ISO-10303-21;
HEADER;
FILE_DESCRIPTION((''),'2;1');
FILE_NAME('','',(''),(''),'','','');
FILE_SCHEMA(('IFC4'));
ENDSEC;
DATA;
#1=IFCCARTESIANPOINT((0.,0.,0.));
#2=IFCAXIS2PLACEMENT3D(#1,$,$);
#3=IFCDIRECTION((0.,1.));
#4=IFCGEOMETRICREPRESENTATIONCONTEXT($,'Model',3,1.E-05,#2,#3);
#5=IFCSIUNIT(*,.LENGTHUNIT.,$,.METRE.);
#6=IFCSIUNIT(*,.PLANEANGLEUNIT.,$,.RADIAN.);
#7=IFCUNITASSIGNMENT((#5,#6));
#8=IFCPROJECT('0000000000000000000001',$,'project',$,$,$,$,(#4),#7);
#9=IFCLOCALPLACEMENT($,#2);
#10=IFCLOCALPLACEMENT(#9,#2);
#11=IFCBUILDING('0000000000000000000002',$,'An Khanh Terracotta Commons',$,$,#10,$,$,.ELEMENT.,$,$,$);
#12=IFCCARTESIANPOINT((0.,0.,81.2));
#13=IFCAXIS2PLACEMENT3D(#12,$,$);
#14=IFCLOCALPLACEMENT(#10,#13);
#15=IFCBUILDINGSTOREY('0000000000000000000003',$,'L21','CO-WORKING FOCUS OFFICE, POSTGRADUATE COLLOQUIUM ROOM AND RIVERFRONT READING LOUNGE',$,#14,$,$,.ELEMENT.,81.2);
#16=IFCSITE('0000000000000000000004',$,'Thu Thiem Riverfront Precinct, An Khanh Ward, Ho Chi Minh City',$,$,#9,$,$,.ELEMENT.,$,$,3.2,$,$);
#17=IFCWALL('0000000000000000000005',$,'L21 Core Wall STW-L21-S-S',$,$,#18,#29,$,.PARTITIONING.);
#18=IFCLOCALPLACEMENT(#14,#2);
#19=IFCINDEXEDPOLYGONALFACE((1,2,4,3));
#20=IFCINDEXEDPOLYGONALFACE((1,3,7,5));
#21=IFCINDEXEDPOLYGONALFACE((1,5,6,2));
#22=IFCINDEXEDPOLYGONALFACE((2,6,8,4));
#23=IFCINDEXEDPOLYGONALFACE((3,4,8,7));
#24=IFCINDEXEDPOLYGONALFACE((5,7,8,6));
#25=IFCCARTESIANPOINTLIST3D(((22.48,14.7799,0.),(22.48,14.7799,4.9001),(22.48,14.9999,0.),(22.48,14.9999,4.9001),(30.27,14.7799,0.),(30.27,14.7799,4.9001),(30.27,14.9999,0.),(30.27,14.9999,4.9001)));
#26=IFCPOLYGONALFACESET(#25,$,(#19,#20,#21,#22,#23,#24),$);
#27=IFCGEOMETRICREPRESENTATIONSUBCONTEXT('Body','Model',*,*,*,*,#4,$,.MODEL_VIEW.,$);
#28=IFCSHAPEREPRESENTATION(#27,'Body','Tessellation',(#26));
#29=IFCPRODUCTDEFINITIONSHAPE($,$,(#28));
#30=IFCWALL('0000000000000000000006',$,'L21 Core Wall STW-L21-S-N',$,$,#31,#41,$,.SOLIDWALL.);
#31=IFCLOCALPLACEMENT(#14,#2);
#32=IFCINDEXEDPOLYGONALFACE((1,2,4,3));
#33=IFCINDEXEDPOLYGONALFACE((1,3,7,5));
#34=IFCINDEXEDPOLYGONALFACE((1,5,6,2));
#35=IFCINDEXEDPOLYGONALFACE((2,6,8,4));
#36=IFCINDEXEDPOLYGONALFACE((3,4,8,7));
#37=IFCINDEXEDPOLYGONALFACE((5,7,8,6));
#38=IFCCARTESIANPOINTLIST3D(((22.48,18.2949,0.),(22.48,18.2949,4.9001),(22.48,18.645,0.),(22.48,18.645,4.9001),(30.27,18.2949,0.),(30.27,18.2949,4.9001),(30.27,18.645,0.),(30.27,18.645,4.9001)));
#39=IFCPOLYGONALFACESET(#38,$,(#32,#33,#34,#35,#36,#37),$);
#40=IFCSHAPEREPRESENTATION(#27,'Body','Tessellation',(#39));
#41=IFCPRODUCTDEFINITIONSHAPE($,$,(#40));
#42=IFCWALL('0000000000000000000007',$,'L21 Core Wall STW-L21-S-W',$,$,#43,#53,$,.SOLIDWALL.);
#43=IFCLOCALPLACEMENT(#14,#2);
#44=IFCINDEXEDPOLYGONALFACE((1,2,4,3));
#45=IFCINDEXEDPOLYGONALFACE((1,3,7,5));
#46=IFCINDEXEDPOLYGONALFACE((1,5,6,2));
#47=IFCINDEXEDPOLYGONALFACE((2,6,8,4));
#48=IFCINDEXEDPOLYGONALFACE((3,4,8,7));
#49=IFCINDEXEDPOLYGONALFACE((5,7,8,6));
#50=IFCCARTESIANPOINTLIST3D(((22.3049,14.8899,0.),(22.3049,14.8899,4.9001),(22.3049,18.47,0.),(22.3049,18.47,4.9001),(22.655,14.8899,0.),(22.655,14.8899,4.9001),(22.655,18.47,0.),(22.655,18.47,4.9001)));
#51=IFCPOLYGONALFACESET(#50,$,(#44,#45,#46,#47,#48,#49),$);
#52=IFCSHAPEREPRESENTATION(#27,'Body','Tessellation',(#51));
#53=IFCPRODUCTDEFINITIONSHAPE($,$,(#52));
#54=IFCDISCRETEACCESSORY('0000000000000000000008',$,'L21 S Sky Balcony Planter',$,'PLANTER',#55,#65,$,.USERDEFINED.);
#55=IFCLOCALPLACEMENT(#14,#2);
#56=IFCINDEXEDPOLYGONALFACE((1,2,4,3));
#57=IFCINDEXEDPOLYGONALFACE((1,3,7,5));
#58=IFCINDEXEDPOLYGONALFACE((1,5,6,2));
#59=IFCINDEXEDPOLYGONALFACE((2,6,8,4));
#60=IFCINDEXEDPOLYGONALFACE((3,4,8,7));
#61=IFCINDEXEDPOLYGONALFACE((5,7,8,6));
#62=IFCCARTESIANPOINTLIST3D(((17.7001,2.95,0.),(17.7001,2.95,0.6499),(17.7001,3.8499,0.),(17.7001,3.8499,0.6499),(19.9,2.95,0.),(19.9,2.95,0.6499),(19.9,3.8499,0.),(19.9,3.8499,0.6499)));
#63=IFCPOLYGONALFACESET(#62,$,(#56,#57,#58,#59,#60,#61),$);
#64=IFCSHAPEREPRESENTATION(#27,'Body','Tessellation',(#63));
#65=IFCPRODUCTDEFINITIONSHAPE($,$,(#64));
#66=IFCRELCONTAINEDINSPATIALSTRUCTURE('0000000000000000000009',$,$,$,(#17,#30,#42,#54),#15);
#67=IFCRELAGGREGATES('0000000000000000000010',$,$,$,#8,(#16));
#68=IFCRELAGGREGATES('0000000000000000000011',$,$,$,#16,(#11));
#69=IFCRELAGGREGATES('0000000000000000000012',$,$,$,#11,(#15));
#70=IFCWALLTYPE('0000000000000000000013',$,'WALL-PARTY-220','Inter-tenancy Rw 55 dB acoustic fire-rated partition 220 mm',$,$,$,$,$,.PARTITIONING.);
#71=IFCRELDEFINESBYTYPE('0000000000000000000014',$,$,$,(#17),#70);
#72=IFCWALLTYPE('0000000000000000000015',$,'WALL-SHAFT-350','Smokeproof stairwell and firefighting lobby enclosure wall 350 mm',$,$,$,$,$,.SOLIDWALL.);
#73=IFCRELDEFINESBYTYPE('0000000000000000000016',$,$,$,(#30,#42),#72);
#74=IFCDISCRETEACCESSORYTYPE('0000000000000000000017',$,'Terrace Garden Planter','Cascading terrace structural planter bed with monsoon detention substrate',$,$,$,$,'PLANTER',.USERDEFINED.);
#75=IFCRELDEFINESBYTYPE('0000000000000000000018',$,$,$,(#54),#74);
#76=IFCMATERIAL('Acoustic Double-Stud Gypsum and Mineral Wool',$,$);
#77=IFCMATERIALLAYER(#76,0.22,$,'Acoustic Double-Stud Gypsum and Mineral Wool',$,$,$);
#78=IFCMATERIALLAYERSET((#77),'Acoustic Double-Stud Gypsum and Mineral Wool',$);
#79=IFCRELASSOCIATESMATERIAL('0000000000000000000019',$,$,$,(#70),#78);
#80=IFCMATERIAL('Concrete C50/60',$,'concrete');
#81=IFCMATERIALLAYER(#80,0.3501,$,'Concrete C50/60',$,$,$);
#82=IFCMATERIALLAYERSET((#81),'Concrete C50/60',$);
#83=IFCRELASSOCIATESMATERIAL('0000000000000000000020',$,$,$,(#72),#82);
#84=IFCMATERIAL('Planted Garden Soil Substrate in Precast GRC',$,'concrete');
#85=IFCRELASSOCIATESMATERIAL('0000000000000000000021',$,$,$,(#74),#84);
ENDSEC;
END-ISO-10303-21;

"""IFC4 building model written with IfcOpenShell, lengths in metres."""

from ifc_helpers import new_model, si_unit, direction, frame, frame_2d, origin, origin_2d, place, context, subcontext, project, spatial, rectangle, extrude, material, layer, layer_set, type_object, element, save


model = new_model("IFC4")

# Units and contexts
model_context = context("Model", 3, precision=1e-05, world=origin(), true_north=direction((0.0, 1.0)))
body_context = subcontext(model_context, "Body", "Model", "MODEL_VIEW")
ifc_project = project(units=[si_unit("LENGTHUNIT", "METRE"), si_unit("PLANEANGLEUNIT", "RADIAN")], contexts=[model_context])

# Site, building, storey
site_placement = place(None, origin())
site = spatial("IfcSite", under=ifc_project, at=site_placement, Name="Thu Thiem Riverfront Precinct, An Khanh Ward, Ho Chi Minh City", CompositionType="ELEMENT", RefElevation=3.2)
building_placement = place(site_placement, origin())
building = spatial("IfcBuilding", under=site, at=building_placement, Name="An Khanh Terracotta Commons", CompositionType="ELEMENT")
storey_placement = place(building_placement, frame((0.0, 0.0, 81.2)))
storey = spatial("IfcBuildingStorey", under=building, at=storey_placement, Name="L21", Description="CO-WORKING FOCUS OFFICE, POSTGRADUATE COLLOQUIUM ROOM AND RIVERFRONT READING LOUNGE", CompositionType="ELEMENT", Elevation=81.2)

# Walls
ifc_material_1 = material(Name="Acoustic Double-Stud Gypsum and Mineral Wool")
ifc_layer_1 = layer(ifc_material_1, 0.22, Name="Acoustic Double-Stud Gypsum and Mineral Wool")
ifc_layer_set_1 = layer_set([ifc_layer_1], Name="Acoustic Double-Stud Gypsum and Mineral Wool")
wall_type_1 = type_object("IfcWallType", Name="WALL-PARTY-220", Description="Inter-tenancy Rw 55 dB acoustic fire-rated partition 220 mm", PredefinedType="PARTITIONING", material=ifc_layer_set_1)
wall_1_placement = place(storey_placement, frame((22.48, 14.8899, 0.0), z_axis=(0.0, 0.0, 1.0), x_axis=(1.0, 0.0, 0.0)))
element("IfcWall", 1, at=wall_1_placement, inside=storey, type_object=wall_type_1, Name="L21 Core Wall STW-L21-S-S", PredefinedType="PARTITIONING", context=body_context, shape_type="SweptSolid", body=[
    extrude(rectangle(XDim=7.79, YDim=0.22, at=frame_2d((3.895, 0.0))), origin(), (0.0, 0.0, 1.0), 4.9001),
])
ifc_material_2 = material(Name="Concrete C50/60", Category="concrete")
ifc_layer_2 = layer(ifc_material_2, 0.3501, Name="Concrete C50/60")
ifc_layer_set_2 = layer_set([ifc_layer_2], Name="Concrete C50/60")
wall_type_2 = type_object("IfcWallType", Name="WALL-SHAFT-350", Description="Smokeproof stairwell and firefighting lobby enclosure wall 350 mm", PredefinedType="SOLIDWALL", material=ifc_layer_set_2)
wall_2_placement = place(storey_placement, frame((22.48, 18.47, 0.0), z_axis=(0.0, 0.0, 1.0), x_axis=(1.0, 0.0, 0.0)))
element("IfcWall", 2, at=wall_2_placement, inside=storey, type_object=wall_type_2, Name="L21 Core Wall STW-L21-S-N", PredefinedType="SOLIDWALL", context=body_context, shape_type="SweptSolid", body=[
    extrude(rectangle(XDim=7.79, YDim=0.3501, at=frame_2d((3.895, 0.0))), origin(), (0.0, 0.0, 1.0), 4.9001),
])
wall_3_placement = place(storey_placement, frame((22.48, 14.8899, 0.0), z_axis=(0.0, 0.0, 1.0), x_axis=(0.0, 1.0, 0.0)))
element("IfcWall", 3, at=wall_3_placement, inside=storey, type_object=wall_type_2, Name="L21 Core Wall STW-L21-S-W", PredefinedType="SOLIDWALL", context=body_context, shape_type="SweptSolid", body=[
    extrude(rectangle(XDim=3.5801, YDim=0.3501, at=frame_2d((1.79, 0.0))), origin(), (0.0, 0.0, 1.0), 4.9001),
])

# Discrete accessory
ifc_material_3 = material(Name="Planted Garden Soil Substrate in Precast GRC", Category="concrete")
discrete_accessory_type = type_object("IfcDiscreteAccessoryType", Name="Terrace Garden Planter", Description="Cascading terrace structural planter bed with monsoon detention substrate", ElementType="PLANTER", PredefinedType="USERDEFINED", material=ifc_material_3)
discrete_accessory_placement = place(storey_placement, frame((18.8, 3.3999, 0.0), z_axis=(0.0, 0.0, 1.0), x_axis=(1.0, 0.0, 0.0)))
element("IfcDiscreteAccessory", 4, at=discrete_accessory_placement, inside=storey, type_object=discrete_accessory_type, Name="L21 S Sky Balcony Planter", ObjectType="PLANTER", PredefinedType="USERDEFINED", context=body_context, shape_type="SweptSolid", body=[
    extrude(rectangle(XDim=2.2, YDim=0.8999, at=origin_2d()), origin(), (0.0, 0.0, 1.0), 0.6499),
])

save(model, "model.ifc")
